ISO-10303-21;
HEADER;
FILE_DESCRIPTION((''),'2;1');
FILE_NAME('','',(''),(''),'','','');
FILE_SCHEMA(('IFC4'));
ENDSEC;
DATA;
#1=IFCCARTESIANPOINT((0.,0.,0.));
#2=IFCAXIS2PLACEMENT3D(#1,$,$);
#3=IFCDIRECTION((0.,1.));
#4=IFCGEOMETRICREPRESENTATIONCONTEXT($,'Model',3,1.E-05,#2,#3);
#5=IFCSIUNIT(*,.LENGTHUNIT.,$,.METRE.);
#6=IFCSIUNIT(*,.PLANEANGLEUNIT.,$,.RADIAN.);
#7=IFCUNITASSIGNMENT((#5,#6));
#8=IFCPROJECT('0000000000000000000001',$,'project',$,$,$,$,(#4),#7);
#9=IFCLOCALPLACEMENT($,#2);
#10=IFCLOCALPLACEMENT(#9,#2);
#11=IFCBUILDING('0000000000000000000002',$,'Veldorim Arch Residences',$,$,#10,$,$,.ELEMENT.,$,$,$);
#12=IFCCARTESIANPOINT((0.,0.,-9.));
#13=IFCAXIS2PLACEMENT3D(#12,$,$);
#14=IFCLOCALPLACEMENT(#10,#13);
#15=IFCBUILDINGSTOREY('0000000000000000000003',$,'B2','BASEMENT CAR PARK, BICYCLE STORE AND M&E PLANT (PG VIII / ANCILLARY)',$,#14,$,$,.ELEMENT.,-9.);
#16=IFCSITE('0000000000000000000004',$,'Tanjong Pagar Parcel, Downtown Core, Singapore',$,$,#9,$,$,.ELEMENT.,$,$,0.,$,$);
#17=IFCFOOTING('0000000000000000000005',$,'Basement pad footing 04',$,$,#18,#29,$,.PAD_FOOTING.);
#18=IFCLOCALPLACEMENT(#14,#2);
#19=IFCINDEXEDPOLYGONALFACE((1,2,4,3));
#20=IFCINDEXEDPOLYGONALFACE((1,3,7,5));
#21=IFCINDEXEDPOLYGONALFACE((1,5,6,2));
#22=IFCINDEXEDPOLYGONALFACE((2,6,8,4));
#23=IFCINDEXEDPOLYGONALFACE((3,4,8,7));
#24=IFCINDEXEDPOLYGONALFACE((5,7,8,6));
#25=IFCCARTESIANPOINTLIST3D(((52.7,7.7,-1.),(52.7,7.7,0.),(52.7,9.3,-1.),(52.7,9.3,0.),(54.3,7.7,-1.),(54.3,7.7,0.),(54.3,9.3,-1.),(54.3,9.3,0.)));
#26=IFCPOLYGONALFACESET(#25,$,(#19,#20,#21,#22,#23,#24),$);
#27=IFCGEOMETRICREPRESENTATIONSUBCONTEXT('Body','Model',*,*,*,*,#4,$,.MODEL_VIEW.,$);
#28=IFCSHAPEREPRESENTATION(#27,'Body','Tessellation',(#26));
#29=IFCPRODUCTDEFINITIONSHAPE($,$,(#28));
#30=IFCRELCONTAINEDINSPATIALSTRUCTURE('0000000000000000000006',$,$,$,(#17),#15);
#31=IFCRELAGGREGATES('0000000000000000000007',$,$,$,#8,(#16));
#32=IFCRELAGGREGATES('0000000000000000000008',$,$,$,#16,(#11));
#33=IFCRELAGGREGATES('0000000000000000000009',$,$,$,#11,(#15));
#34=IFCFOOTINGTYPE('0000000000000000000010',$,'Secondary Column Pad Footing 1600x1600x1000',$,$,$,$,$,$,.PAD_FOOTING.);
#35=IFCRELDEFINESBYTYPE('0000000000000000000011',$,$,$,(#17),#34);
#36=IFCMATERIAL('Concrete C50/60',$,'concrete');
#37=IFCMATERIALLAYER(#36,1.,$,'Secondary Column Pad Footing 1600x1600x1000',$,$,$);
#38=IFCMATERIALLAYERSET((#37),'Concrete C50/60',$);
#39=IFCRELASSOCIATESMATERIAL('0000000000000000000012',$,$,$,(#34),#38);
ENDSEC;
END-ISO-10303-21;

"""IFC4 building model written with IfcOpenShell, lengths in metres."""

from ifc_helpers import new_model, si_unit, direction, frame, origin, place, context, subcontext, project, spatial, polyline, outline, extrude, material, layer, layer_set, type_object, element, save


model = new_model("IFC4")

# Units and contexts
model_context = context("Model", 3, precision=1e-05, world=origin(), true_north=direction((0.0, 1.0)))
body_context = subcontext(model_context, "Body", "Model", "MODEL_VIEW")
ifc_project = project(units=[si_unit("LENGTHUNIT", "METRE"), si_unit("PLANEANGLEUNIT", "RADIAN")], contexts=[model_context])

# Site, building, storey
site_placement = place(None, origin())
site = spatial("IfcSite", under=ifc_project, at=site_placement, Name="Tanjong Pagar Parcel, Downtown Core, Singapore", CompositionType="ELEMENT", RefElevation=0.0)
building_placement = place(site_placement, origin())
building = spatial("IfcBuilding", under=site, at=building_placement, Name="Veldorim Arch Residences", CompositionType="ELEMENT")
storey_placement = place(building_placement, frame((0.0, 0.0, -9.0)))
storey = spatial("IfcBuildingStorey", under=building, at=storey_placement, Name="B2", Description="BASEMENT CAR PARK, BICYCLE STORE AND M&E PLANT (PG VIII / ANCILLARY)", CompositionType="ELEMENT", Elevation=-9.0)

# Footing
ifc_material_1 = material(Name="Concrete C50/60", Category="concrete")
ifc_layer_1 = layer(ifc_material_1, 1.0, Name="Secondary Column Pad Footing 1600x1600x1000")
ifc_layer_set_1 = layer_set([ifc_layer_1], Name="Concrete C50/60")
footing_type_1 = type_object("IfcFootingType", Name="Secondary Column Pad Footing 1600x1600x1000", PredefinedType="PAD_FOOTING", material=ifc_layer_set_1)
footing_1_placement = place(storey_placement, frame((0.0, 0.0, -1.0)))
element("IfcFooting", 1, at=footing_1_placement, inside=storey, type_object=footing_type_1, Name="Basement pad footing 04", PredefinedType="PAD_FOOTING", context=body_context, shape_type="SweptSolid", body=[
    extrude(outline(polyline([(52.7, 7.7), (54.3, 7.7), (54.3, 9.3), (52.7, 9.3), (52.7, 7.7)])), origin(), (0.0, 0.0, 1.0), 1.0),
])

save(model, "model.ifc")
